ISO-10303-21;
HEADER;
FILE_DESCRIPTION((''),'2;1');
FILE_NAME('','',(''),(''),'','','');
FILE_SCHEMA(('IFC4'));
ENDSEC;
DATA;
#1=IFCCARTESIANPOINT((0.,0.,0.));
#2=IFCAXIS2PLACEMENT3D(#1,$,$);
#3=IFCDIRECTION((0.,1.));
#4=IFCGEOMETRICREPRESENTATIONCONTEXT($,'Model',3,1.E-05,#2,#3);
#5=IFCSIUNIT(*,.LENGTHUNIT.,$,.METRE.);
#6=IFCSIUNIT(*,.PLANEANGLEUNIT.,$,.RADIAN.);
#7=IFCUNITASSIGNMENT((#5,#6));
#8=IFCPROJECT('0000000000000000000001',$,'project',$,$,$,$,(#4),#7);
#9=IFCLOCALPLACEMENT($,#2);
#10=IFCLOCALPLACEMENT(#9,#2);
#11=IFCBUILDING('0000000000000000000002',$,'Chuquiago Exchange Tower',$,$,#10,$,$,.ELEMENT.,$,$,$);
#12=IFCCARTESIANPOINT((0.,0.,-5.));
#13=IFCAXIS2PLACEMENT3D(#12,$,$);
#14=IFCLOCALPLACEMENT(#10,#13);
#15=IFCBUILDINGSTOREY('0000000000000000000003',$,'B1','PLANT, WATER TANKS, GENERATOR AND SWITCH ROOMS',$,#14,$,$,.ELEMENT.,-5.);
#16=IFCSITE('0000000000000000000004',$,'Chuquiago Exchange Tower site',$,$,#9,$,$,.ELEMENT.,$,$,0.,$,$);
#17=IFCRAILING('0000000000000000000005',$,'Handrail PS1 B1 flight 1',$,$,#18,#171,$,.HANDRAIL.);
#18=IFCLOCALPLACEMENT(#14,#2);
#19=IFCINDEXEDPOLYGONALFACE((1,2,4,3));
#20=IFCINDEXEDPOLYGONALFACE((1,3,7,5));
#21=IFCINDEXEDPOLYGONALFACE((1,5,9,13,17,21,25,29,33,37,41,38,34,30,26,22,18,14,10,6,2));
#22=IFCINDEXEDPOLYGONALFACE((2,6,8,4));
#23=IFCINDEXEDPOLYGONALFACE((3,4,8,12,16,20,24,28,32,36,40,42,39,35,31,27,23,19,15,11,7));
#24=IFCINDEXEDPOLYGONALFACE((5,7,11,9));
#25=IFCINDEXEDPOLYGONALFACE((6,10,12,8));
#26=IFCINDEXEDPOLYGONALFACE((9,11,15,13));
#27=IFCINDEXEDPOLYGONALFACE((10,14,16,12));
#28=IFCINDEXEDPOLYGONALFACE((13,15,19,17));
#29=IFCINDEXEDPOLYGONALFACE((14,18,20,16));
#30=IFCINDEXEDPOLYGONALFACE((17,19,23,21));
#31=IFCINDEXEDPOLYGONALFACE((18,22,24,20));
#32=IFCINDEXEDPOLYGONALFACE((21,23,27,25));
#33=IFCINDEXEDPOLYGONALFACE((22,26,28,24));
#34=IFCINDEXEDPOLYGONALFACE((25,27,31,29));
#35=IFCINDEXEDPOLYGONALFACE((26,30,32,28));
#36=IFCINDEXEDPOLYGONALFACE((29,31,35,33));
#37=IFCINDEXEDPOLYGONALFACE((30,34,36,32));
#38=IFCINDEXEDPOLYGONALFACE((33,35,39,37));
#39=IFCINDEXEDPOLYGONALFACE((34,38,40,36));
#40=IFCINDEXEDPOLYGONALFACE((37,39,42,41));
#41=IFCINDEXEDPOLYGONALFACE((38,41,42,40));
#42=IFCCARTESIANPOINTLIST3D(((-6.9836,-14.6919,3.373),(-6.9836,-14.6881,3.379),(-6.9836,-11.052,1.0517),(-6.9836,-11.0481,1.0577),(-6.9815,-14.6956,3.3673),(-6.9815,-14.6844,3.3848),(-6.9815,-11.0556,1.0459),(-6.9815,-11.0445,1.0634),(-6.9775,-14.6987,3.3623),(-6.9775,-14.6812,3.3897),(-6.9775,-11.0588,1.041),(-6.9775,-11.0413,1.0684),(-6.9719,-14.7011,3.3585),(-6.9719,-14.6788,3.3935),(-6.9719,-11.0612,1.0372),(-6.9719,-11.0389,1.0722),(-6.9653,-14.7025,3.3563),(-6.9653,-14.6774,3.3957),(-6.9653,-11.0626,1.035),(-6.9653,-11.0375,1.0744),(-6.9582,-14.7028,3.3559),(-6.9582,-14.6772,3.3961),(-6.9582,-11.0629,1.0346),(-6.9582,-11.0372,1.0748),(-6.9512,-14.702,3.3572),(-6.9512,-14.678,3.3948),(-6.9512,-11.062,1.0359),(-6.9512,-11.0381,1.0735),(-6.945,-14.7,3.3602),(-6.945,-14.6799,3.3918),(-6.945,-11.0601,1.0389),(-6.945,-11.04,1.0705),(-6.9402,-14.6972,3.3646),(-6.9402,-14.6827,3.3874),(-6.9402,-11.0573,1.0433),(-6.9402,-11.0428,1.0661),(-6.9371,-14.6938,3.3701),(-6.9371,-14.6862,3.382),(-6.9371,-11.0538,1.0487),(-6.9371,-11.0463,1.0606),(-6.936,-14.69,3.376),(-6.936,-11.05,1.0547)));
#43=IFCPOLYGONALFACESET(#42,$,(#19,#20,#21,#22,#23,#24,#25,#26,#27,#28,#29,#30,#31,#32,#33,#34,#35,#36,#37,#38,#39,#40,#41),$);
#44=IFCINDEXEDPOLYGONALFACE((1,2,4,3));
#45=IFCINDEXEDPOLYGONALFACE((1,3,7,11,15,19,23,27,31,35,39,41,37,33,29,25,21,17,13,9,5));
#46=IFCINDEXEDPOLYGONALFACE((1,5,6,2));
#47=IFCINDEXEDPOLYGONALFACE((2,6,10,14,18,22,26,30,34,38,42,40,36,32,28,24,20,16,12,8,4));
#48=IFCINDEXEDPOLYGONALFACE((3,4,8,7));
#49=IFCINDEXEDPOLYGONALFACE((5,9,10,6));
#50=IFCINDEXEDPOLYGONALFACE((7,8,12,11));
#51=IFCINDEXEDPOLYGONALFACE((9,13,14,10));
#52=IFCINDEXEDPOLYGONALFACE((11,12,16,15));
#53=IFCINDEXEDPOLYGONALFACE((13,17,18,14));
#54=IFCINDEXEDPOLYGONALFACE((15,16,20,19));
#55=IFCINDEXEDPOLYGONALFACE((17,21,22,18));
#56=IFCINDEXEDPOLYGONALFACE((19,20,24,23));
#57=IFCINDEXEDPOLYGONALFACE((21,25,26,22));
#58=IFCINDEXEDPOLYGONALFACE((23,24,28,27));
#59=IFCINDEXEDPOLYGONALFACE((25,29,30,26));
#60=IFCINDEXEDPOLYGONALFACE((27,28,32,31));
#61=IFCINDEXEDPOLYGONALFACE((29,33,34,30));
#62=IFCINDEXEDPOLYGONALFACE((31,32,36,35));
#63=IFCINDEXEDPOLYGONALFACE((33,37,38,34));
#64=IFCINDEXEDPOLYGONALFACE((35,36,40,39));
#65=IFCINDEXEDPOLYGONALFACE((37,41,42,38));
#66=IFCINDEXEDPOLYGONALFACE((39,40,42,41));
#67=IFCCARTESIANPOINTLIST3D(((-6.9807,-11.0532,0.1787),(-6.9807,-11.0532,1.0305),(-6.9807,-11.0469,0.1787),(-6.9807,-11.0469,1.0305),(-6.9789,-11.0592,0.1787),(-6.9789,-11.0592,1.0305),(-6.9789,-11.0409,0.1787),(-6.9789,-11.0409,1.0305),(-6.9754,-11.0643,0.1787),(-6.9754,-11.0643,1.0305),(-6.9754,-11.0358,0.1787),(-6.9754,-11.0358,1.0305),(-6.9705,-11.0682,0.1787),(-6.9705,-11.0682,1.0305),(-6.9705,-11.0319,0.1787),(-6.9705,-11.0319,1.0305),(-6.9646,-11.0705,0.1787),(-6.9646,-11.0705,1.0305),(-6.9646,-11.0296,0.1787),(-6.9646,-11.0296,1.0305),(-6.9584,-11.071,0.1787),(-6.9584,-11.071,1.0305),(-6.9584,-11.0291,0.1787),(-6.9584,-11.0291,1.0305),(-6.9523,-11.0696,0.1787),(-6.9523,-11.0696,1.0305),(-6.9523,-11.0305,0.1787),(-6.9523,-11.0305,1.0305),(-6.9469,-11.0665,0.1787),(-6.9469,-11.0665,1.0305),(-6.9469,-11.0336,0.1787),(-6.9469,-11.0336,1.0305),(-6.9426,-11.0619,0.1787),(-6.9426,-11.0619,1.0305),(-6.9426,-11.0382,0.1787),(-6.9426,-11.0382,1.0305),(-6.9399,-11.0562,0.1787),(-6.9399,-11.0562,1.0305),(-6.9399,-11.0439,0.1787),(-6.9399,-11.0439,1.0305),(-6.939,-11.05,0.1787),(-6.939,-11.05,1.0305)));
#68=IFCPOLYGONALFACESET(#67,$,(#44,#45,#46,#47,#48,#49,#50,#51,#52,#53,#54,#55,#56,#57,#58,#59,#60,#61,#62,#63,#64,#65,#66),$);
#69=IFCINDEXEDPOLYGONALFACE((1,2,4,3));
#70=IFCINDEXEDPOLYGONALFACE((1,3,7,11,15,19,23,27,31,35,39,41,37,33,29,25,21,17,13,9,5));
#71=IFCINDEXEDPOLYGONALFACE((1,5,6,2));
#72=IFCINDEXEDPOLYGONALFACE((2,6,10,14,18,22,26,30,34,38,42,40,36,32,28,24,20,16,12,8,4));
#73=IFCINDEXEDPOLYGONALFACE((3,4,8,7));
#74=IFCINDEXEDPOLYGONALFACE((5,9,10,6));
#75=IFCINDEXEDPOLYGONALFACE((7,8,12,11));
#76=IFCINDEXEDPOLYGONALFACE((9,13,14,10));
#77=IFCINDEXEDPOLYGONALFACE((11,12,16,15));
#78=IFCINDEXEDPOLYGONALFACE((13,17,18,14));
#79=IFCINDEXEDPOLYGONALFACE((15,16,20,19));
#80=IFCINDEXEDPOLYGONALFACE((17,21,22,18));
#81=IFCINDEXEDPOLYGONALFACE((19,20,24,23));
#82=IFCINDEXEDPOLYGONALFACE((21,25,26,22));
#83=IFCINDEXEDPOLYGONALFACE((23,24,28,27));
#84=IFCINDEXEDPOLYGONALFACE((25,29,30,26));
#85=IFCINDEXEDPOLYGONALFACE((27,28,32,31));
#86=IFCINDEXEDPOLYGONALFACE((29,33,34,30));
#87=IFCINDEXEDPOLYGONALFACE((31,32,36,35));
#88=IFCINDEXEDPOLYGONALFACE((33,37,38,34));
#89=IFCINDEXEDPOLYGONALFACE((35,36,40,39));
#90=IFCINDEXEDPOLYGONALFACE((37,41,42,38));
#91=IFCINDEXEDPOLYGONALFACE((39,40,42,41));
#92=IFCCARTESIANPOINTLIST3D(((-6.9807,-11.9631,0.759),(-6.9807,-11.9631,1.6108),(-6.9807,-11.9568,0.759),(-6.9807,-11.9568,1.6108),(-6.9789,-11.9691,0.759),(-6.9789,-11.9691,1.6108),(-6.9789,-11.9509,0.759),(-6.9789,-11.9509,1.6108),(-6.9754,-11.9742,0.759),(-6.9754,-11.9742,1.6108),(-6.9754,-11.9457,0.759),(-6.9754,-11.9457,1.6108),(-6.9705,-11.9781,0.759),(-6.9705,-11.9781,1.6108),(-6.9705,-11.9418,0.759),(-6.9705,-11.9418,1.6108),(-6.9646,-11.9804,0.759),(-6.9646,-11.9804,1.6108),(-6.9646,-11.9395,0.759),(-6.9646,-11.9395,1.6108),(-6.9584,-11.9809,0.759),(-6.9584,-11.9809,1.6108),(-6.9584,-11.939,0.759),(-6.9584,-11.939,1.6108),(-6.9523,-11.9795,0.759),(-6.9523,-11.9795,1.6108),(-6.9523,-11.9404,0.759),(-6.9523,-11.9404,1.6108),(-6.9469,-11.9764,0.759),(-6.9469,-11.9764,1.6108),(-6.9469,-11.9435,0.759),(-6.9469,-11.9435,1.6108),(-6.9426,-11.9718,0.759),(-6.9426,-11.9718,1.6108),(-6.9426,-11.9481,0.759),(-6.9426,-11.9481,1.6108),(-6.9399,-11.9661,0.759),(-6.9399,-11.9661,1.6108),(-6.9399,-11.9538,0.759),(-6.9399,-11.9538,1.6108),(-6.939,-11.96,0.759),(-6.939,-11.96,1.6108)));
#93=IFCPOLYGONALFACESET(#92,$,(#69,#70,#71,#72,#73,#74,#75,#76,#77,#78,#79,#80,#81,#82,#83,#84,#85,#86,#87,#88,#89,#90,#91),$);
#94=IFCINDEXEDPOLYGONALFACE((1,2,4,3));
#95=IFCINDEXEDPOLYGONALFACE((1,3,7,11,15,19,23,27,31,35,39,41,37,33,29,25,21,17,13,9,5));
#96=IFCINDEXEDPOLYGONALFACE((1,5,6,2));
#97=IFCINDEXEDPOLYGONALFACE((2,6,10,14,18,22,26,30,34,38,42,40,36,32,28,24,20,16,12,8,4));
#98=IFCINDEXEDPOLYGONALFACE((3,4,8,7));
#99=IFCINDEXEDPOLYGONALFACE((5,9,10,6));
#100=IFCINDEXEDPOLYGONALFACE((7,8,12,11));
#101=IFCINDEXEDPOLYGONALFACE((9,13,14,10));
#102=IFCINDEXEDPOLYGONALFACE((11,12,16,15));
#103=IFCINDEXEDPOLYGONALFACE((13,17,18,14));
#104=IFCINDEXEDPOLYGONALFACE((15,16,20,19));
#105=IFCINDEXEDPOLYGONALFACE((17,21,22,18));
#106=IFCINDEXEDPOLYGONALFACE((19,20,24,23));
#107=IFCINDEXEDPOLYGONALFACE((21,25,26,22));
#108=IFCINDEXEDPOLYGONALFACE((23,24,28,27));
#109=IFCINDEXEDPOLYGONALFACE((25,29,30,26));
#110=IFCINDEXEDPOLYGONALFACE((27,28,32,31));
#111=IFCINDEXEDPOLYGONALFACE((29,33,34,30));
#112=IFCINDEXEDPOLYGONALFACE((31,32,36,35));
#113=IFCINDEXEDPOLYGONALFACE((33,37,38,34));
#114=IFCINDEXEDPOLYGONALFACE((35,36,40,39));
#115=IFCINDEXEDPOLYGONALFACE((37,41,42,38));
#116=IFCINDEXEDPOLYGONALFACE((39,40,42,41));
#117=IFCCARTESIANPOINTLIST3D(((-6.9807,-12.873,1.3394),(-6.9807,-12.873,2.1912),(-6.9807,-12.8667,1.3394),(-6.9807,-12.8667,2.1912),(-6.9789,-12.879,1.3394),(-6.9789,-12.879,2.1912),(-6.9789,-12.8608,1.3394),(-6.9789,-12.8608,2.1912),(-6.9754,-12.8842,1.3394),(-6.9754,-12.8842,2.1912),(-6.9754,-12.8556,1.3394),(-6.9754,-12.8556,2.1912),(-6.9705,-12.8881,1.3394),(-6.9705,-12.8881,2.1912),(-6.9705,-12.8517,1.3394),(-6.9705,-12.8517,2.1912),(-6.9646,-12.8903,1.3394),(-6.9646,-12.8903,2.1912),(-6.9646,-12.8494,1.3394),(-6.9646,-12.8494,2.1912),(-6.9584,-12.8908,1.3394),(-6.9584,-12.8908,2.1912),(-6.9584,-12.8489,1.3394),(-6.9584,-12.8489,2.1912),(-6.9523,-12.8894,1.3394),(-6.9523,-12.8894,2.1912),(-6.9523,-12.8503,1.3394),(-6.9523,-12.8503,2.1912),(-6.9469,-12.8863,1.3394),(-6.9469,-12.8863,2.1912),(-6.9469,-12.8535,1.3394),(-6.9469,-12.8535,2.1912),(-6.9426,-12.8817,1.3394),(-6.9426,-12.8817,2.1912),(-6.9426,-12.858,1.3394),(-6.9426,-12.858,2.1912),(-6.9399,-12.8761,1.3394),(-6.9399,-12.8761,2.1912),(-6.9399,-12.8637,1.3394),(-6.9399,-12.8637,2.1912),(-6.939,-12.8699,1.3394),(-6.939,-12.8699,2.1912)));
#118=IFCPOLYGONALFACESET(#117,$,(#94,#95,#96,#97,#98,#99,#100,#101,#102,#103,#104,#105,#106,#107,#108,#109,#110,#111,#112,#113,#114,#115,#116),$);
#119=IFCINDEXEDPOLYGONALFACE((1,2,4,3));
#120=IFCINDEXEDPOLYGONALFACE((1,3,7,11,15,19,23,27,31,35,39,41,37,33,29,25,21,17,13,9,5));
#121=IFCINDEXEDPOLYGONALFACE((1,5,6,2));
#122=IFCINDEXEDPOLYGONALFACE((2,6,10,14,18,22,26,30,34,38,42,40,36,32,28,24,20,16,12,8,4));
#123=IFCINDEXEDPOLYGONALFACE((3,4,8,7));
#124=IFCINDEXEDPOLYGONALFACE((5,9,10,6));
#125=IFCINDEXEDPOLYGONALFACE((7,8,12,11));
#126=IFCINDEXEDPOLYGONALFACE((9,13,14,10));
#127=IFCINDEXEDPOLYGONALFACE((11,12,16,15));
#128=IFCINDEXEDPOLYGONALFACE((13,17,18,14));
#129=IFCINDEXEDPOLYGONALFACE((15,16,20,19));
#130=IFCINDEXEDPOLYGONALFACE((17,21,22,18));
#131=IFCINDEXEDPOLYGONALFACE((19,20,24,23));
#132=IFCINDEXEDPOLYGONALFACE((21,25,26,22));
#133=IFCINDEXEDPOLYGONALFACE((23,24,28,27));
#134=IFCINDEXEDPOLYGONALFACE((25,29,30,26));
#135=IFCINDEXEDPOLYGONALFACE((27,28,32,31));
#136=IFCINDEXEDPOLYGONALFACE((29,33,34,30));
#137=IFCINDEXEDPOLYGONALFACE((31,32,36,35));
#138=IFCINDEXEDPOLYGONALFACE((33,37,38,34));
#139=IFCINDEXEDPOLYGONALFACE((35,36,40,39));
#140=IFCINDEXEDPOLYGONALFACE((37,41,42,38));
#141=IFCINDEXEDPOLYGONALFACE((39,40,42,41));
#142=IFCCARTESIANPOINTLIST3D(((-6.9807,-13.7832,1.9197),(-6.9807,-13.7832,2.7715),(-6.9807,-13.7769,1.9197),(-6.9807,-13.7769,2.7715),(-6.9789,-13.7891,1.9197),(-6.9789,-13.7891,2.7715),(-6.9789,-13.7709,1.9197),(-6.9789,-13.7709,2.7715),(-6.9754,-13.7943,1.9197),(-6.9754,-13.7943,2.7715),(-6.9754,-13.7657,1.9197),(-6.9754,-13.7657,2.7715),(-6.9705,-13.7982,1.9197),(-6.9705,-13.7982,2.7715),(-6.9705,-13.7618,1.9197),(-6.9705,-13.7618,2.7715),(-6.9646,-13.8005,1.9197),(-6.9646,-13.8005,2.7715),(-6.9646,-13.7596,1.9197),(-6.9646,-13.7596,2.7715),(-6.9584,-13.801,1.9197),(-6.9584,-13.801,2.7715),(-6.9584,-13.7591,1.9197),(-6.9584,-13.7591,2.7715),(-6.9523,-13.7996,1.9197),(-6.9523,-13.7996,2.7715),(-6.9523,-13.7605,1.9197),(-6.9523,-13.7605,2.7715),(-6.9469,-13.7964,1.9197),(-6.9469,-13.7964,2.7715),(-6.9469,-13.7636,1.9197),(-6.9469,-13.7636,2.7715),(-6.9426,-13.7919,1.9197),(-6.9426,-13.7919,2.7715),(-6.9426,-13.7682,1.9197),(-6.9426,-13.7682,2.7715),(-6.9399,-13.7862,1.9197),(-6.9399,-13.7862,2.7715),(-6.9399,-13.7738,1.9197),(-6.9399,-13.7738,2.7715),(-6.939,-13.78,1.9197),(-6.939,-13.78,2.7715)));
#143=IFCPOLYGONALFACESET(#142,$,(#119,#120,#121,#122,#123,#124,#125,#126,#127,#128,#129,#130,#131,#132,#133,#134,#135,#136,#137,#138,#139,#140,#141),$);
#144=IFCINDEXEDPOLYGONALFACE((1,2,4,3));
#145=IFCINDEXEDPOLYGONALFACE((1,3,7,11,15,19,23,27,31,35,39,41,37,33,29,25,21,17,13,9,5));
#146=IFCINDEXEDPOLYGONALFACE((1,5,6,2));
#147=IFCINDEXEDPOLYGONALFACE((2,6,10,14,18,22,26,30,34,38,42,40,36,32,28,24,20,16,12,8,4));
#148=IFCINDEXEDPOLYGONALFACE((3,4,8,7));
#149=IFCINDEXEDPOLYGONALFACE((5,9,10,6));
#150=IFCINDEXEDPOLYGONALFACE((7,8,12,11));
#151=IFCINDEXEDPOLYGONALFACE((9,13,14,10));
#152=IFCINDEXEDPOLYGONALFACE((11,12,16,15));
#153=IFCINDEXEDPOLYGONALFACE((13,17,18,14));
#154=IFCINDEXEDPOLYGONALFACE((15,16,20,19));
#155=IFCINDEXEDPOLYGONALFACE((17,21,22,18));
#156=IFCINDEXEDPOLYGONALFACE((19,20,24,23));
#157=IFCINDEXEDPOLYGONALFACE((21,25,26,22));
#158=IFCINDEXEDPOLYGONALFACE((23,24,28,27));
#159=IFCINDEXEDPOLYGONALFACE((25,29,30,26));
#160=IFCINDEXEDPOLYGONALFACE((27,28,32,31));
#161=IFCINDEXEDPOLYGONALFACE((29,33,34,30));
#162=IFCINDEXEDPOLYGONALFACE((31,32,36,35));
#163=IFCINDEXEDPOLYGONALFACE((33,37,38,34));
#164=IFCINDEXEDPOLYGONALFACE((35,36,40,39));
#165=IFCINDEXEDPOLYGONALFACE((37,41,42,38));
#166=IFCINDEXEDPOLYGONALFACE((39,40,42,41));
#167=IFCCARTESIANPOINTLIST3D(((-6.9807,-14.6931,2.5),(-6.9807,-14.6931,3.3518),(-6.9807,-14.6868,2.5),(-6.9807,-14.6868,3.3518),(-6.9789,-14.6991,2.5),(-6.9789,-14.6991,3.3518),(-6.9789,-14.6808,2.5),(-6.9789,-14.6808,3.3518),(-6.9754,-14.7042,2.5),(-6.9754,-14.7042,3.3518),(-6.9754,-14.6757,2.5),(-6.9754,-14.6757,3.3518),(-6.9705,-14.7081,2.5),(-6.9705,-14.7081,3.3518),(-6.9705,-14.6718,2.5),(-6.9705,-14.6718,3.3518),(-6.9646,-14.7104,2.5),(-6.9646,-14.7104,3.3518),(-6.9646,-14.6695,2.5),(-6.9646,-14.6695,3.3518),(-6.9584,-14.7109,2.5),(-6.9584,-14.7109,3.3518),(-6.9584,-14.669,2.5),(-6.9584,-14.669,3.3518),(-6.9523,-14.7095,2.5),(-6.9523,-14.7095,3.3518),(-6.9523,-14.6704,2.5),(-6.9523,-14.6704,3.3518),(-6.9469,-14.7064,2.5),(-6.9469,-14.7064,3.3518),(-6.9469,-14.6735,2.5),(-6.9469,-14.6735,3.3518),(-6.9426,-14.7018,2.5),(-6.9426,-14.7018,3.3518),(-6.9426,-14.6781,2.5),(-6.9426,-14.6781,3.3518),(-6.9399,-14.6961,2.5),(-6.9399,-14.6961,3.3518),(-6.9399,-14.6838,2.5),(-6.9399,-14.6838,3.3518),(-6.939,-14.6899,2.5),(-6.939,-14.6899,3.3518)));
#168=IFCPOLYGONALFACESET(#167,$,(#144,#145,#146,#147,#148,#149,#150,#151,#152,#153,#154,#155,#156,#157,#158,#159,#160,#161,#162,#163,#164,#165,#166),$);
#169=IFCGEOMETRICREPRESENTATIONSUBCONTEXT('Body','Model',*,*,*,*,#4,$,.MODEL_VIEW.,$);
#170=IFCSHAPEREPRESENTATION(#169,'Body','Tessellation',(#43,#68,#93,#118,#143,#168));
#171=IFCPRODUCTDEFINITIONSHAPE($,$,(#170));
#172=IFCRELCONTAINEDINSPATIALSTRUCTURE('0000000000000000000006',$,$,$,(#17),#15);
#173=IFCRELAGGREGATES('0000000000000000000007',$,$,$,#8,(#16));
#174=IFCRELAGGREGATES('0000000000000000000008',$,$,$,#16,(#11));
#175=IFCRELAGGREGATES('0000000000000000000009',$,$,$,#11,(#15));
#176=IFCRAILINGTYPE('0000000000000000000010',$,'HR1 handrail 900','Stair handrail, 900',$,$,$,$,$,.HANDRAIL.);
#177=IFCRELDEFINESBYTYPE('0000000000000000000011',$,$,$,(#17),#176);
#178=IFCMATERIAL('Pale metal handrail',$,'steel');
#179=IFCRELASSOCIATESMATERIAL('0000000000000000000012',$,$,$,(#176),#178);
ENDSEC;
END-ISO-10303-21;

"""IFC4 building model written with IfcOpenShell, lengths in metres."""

from ifc_helpers import new_model, si_unit, direction, frame, origin, origin_2d, place, context, subcontext, project, spatial, circle, extrude, material, type_object, element, save


model = new_model("IFC4")

# Units and contexts
model_context = context("Model", 3, precision=1e-05, world=origin(), true_north=direction((0.0, 1.0)))
body_context = subcontext(model_context, "Body", "Model", "MODEL_VIEW")
ifc_project = project(units=[si_unit("LENGTHUNIT", "METRE"), si_unit("PLANEANGLEUNIT", "RADIAN")], contexts=[model_context])

# Site, building, storey
site_placement = place(None, origin())
site = spatial("IfcSite", under=ifc_project, at=site_placement, Name="Chuquiago Exchange Tower site", CompositionType="ELEMENT", RefElevation=0.0)
building_placement = place(site_placement, origin())
building = spatial("IfcBuilding", under=site, at=building_placement, Name="Chuquiago Exchange Tower", CompositionType="ELEMENT")
storey_placement = place(building_placement, frame((0.0, 0.0, -5.0)))
storey = spatial("IfcBuildingStorey", under=building, at=storey_placement, Name="B1", Description="PLANT, WATER TANKS, GENERATOR AND SWITCH ROOMS", CompositionType="ELEMENT", Elevation=-5.0)

# Railing
ifc_material_1 = material(Name="Pale metal handrail", Category="steel")
railing_type = type_object("IfcRailingType", Name="HR1 handrail 900", Description="Stair handrail, 900", PredefinedType="HANDRAIL", material=ifc_material_1)
for number, where, name in (
    (1, (-6.96, -11.05, 0.1787), "Handrail PS1 B1 flight 1"),
):
    element("IfcRailing", number, at=place(storey_placement, frame(where)), inside=storey, type_object=railing_type, Name=name, PredefinedType="HANDRAIL", context=body_context, shape_type="SweptSolid", body=[
        extrude(circle(Radius=0.0239, at=origin_2d()), frame((0.0, 0.0, 0.876), z_axis=(0.0, -0.843137, 0.537699), x_axis=(1.0, 0.0, 0.0)), (0.0, 0.0, 1.0), 4.3171),
        extrude(circle(Radius=0.021, at=origin_2d()), origin(), (0.0, 0.0, 1.0), 0.8518),
        extrude(circle(Radius=0.021, at=origin_2d()), frame((0.0, -0.9099, 0.5803)), (0.0, 0.0, 1.0), 0.8518),
        extrude(circle(Radius=0.021, at=origin_2d()), frame((0.0, -1.8198, 1.1606)), (0.0, 0.0, 1.0), 0.8518),
        extrude(circle(Radius=0.021, at=origin_2d()), frame((0.0, -2.73, 1.741)), (0.0, 0.0, 1.0), 0.8518),
        extrude(circle(Radius=0.021, at=origin_2d()), frame((0.0, -3.6399, 2.3213)), (0.0, 0.0, 1.0), 0.8518),
    ])

save(model, "model.ifc")
